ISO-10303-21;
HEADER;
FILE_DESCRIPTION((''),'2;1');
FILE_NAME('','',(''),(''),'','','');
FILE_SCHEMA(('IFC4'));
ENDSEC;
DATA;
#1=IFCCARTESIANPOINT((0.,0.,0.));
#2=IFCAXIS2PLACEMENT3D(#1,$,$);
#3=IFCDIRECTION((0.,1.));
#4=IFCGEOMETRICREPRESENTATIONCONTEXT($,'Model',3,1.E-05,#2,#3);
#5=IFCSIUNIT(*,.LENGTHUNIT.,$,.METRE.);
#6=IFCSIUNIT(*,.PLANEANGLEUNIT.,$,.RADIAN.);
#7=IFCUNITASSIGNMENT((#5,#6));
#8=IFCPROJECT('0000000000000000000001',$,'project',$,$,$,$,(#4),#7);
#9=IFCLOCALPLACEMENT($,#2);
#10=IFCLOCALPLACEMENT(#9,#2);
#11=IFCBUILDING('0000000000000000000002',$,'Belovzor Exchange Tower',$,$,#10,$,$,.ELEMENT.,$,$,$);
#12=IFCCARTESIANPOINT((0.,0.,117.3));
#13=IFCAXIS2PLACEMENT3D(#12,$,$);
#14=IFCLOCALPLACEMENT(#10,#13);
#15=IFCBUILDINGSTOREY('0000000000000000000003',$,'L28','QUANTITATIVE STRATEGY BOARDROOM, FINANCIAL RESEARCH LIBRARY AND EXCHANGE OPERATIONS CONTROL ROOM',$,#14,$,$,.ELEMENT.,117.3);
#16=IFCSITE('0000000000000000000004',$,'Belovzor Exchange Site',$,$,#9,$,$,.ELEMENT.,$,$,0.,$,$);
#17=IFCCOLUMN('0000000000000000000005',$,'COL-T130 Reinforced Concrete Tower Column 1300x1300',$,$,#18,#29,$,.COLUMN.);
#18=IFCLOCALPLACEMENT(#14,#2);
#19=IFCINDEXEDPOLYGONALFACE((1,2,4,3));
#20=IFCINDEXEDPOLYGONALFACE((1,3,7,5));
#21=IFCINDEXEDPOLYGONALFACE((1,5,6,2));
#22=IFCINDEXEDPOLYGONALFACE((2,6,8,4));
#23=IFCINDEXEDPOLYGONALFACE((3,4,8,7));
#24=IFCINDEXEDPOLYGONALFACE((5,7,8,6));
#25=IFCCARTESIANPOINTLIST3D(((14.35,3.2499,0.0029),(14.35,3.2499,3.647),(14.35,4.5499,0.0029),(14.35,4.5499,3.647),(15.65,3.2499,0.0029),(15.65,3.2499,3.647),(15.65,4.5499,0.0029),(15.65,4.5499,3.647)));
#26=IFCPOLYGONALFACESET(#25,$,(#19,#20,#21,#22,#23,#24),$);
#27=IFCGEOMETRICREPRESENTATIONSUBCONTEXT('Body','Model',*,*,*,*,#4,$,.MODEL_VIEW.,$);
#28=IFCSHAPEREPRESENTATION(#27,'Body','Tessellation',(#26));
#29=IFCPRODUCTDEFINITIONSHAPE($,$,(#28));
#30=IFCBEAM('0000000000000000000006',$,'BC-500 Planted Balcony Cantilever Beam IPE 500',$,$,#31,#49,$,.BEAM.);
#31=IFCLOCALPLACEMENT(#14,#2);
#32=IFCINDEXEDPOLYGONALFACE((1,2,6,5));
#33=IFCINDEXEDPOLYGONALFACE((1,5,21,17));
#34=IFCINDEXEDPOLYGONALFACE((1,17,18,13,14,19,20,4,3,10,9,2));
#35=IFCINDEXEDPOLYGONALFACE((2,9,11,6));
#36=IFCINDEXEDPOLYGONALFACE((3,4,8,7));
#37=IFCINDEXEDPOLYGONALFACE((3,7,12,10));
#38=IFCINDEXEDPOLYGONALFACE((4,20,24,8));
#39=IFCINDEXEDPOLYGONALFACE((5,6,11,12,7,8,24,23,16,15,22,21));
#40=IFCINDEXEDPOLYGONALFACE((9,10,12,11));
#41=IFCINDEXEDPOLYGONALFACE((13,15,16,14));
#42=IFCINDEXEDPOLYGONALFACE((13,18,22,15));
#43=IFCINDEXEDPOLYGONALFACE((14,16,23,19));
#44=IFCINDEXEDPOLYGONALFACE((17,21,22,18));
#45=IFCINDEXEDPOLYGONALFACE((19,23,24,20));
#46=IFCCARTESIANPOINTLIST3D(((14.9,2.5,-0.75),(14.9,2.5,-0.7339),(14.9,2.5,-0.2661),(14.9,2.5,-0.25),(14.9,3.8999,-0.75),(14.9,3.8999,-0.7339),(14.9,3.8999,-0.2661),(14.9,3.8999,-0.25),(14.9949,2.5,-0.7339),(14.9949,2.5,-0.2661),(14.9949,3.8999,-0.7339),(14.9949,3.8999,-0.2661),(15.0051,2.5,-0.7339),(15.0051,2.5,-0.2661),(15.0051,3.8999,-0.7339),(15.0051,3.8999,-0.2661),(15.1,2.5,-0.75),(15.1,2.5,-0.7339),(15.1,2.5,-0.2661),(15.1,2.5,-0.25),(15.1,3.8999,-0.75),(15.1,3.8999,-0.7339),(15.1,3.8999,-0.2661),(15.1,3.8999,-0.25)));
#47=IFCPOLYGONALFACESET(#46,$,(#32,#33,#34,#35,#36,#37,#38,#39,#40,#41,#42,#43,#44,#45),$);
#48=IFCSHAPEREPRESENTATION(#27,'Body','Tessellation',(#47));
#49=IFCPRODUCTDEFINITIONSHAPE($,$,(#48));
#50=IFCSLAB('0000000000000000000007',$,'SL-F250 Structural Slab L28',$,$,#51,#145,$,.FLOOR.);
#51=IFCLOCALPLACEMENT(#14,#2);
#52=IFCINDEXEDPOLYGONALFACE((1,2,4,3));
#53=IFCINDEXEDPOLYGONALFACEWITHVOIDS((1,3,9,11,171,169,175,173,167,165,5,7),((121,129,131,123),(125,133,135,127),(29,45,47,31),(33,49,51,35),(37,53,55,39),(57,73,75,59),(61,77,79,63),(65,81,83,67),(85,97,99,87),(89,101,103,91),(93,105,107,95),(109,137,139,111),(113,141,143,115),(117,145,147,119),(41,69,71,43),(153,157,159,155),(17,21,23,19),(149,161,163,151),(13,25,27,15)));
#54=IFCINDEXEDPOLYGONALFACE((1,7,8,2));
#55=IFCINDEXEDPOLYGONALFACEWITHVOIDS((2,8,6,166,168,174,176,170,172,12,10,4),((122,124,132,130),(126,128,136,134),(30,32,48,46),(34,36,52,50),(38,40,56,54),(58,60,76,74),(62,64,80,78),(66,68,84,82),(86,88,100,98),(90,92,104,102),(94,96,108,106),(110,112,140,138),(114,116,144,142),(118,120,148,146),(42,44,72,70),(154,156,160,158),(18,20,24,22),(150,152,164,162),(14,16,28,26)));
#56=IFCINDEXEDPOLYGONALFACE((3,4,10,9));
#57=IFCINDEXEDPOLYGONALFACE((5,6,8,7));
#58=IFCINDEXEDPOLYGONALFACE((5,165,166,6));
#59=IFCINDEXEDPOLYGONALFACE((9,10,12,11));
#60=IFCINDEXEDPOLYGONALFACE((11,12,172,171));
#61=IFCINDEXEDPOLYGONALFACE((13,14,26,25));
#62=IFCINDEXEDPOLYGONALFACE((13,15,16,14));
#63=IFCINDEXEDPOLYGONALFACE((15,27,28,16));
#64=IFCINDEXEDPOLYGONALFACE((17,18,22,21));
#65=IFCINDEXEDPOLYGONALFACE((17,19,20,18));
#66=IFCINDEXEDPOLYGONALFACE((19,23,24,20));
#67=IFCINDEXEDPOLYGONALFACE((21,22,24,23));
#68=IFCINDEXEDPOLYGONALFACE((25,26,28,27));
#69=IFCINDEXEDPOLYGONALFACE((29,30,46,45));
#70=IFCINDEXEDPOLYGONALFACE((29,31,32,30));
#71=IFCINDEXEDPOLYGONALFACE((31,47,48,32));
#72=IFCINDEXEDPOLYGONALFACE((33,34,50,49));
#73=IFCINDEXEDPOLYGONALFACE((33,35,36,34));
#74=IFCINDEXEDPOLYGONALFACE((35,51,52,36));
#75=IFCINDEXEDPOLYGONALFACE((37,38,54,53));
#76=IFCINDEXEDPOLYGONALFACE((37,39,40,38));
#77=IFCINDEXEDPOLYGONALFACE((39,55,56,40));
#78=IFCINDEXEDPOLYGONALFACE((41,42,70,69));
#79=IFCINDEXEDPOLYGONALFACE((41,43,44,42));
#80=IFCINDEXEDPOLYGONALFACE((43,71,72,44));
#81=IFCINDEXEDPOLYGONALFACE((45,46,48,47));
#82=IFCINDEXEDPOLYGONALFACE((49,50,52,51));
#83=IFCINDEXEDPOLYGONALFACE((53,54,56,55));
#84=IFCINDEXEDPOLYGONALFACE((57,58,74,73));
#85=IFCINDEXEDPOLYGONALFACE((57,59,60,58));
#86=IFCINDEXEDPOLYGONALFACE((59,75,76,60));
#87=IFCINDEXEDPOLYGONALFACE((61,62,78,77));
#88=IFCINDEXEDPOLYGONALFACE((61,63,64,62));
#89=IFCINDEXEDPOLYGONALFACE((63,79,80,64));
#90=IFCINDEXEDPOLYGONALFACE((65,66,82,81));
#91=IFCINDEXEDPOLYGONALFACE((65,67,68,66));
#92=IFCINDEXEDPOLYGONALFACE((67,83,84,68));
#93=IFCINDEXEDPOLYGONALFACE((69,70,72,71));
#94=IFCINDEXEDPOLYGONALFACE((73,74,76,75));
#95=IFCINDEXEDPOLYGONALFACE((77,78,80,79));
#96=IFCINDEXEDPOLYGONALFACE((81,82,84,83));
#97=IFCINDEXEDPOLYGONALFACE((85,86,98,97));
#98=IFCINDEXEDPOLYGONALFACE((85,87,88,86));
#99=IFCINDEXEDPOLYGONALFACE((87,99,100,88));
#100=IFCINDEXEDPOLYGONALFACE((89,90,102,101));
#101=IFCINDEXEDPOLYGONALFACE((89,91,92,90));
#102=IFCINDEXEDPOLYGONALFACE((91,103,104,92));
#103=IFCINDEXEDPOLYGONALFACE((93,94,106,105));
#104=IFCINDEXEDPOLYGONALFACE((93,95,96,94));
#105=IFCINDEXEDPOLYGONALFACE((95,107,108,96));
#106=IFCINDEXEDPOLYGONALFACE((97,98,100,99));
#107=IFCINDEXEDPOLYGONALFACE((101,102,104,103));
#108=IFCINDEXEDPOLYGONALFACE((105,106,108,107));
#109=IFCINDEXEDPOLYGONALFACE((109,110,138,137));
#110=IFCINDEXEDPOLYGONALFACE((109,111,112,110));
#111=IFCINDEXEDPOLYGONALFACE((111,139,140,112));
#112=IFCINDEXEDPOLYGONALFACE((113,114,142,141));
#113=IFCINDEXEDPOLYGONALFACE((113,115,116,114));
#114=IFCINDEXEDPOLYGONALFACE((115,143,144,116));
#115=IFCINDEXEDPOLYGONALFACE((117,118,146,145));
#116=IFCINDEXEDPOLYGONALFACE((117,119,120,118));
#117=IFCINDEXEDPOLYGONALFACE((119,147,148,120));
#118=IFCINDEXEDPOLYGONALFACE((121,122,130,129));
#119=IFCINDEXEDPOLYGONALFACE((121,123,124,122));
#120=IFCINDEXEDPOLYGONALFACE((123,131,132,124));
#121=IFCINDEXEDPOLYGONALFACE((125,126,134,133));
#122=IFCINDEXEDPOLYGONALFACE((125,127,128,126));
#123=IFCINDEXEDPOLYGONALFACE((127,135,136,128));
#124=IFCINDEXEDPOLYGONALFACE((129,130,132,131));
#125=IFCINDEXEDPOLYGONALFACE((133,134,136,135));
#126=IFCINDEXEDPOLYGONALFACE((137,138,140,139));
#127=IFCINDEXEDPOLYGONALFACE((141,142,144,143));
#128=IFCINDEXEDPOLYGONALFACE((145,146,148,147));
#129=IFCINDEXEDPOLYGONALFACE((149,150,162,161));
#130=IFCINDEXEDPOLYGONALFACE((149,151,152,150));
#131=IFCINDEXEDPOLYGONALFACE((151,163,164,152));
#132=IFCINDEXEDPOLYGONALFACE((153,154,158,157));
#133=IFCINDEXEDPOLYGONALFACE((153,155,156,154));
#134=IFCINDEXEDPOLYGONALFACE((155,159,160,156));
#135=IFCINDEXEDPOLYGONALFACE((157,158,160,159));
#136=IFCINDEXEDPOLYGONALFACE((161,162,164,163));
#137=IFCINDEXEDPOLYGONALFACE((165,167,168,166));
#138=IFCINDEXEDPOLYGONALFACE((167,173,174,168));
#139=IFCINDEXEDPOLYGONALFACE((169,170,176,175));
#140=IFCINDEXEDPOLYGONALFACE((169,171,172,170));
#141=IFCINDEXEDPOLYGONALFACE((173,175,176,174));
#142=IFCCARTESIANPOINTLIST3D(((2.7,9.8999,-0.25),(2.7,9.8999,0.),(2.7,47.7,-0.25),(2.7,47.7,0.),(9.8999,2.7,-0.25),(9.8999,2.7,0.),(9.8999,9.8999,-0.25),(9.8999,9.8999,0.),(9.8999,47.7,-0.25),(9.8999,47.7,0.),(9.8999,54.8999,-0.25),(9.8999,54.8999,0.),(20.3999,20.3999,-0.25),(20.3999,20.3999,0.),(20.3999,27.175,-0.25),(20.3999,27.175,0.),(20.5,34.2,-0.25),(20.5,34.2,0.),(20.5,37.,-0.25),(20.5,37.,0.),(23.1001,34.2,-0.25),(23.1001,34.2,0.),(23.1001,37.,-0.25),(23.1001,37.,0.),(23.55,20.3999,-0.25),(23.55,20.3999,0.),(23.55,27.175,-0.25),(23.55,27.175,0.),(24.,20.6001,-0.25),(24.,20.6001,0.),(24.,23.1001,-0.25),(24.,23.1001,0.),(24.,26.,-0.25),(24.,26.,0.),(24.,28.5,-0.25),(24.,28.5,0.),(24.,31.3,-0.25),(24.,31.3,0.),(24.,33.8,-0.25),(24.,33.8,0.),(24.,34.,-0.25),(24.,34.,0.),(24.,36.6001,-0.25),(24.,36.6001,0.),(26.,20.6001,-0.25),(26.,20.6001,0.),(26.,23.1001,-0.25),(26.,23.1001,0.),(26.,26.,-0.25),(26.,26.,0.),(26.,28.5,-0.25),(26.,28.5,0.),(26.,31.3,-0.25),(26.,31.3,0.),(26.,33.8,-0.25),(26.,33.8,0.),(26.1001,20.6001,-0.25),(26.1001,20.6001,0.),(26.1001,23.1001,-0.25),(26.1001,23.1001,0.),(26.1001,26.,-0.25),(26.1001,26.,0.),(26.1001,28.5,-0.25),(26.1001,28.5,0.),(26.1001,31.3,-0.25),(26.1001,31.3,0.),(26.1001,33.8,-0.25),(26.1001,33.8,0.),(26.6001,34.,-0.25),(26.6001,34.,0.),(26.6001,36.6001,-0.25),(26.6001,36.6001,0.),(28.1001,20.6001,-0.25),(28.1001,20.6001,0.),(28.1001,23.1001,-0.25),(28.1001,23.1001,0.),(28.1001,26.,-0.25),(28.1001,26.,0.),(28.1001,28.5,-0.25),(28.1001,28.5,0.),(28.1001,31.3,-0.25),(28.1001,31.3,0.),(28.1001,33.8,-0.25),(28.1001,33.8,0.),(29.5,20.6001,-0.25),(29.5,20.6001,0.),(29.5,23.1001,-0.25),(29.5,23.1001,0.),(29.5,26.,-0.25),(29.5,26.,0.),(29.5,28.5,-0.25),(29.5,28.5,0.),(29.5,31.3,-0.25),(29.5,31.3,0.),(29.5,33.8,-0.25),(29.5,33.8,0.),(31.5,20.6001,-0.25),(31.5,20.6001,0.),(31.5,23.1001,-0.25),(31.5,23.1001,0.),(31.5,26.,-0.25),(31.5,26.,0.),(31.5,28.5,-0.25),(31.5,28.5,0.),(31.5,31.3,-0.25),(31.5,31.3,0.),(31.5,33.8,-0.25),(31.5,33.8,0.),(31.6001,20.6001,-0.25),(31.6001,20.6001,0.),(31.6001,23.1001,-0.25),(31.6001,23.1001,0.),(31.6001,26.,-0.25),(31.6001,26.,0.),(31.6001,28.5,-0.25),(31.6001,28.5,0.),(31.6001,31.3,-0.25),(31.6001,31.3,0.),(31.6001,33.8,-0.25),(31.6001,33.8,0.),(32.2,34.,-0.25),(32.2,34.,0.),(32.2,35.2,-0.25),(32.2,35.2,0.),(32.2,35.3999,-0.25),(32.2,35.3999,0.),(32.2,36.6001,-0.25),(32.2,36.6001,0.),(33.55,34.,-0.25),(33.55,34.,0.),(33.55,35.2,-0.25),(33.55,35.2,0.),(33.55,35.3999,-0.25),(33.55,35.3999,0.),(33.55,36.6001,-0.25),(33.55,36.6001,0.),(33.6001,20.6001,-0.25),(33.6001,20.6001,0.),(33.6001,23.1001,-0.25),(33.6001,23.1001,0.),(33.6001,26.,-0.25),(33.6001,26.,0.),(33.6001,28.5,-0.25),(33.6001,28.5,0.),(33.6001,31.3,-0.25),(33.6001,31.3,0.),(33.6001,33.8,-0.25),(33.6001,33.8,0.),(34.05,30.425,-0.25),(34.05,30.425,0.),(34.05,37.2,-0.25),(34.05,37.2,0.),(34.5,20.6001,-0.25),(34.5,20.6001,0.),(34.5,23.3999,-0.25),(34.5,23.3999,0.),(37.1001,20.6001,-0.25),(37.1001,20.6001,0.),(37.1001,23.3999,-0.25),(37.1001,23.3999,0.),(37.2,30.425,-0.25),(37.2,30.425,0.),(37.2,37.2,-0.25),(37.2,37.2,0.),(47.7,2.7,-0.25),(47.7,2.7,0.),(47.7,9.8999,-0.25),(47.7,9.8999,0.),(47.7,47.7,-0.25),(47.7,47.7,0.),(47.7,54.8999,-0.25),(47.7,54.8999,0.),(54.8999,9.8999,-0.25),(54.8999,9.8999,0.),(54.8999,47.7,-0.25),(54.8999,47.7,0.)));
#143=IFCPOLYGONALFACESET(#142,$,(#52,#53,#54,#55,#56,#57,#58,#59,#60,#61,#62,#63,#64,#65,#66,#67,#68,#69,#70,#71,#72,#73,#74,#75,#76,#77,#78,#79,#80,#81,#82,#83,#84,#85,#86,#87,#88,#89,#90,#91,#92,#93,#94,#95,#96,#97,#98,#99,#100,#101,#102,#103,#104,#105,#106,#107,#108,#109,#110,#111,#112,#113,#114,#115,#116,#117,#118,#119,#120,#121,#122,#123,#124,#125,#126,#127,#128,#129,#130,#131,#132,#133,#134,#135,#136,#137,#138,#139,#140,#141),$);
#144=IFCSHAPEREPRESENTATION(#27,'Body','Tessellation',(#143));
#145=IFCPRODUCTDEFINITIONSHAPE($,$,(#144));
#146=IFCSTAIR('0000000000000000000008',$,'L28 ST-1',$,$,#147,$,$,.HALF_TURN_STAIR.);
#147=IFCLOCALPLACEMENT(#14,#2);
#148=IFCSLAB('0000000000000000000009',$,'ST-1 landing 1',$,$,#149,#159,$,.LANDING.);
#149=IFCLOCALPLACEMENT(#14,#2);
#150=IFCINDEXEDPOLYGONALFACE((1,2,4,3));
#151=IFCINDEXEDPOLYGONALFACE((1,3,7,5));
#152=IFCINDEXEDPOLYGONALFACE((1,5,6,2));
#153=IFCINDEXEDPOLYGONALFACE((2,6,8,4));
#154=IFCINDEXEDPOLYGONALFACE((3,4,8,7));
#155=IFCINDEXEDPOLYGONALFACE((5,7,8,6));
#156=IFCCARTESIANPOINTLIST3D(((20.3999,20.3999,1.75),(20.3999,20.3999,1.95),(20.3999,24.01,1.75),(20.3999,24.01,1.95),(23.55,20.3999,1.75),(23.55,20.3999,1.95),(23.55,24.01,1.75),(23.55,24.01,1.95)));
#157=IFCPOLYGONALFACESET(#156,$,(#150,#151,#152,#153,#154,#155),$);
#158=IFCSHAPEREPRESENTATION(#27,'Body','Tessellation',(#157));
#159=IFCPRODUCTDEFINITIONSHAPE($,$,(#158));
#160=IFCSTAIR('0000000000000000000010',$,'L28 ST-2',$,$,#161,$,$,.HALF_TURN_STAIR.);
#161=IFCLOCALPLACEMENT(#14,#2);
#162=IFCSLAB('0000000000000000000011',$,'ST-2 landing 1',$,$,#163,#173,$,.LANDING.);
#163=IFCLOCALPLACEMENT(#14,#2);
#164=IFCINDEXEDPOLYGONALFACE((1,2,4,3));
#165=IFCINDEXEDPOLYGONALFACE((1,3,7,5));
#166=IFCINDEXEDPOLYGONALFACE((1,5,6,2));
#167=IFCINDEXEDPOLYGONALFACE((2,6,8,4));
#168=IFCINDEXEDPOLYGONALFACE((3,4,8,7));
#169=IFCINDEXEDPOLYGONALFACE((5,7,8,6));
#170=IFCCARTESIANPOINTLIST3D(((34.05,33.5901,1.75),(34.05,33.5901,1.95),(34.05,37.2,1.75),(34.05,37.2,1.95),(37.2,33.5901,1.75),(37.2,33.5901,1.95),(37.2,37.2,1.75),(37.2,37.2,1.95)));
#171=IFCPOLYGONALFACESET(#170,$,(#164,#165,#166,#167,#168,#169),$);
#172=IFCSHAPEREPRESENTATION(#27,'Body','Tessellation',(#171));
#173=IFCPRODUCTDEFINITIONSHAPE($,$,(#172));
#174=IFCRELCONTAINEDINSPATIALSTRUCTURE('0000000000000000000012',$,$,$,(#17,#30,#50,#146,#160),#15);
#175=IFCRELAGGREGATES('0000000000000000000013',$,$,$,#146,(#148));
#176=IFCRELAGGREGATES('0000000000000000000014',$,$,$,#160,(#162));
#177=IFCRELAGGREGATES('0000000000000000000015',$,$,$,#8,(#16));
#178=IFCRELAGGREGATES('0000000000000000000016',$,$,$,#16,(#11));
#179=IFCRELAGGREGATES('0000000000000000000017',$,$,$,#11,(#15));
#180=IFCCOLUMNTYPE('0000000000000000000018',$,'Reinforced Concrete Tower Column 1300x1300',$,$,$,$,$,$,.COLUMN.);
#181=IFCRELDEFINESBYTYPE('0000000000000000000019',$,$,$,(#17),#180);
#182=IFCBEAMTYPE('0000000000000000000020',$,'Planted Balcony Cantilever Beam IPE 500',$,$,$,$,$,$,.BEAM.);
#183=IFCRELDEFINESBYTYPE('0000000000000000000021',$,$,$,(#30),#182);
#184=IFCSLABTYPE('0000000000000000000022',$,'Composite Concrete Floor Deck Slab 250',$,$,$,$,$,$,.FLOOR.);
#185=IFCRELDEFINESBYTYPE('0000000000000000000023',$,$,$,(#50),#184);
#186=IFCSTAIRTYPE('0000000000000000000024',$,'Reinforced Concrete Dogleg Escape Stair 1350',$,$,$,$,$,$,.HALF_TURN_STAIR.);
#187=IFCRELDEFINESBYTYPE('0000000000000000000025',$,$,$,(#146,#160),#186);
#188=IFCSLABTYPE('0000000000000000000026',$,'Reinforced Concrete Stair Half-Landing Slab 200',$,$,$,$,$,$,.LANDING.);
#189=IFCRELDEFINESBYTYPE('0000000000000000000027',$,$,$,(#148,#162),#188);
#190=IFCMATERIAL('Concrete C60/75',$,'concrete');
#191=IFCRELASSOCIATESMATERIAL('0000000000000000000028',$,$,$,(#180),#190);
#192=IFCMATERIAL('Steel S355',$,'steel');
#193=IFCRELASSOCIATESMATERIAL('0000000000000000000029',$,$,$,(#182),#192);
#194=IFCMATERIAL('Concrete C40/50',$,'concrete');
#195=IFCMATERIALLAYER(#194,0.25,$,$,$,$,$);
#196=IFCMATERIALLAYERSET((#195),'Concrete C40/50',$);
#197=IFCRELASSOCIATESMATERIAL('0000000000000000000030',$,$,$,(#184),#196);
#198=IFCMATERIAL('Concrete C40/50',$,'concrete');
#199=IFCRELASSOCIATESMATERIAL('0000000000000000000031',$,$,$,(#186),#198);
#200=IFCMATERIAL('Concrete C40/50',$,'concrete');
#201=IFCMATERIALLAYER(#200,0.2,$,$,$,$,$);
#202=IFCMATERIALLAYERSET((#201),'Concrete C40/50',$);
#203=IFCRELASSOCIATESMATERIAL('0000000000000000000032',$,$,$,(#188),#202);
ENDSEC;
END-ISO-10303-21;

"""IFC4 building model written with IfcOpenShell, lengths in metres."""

from ifc_helpers import new_model, si_unit, direction, frame, origin, origin_2d, place, context, subcontext, project, spatial, polyline, rectangle, i_section, outline, extrude, material, layer, layer_set, material_profile, profile_set, type_object, element, aggregate, save


model = new_model("IFC4")

# Units and contexts
model_context = context("Model", 3, precision=1e-05, world=origin(), true_north=direction((0.0, 1.0)))
body_context = subcontext(model_context, "Body", "Model", "MODEL_VIEW")
ifc_project = project(units=[si_unit("LENGTHUNIT", "METRE"), si_unit("PLANEANGLEUNIT", "RADIAN")], contexts=[model_context])

# Site, building, storey
site_placement = place(None, origin())
site = spatial("IfcSite", under=ifc_project, at=site_placement, Name="Belovzor Exchange Site", CompositionType="ELEMENT", RefElevation=0.0)
building_placement = place(site_placement, origin())
building = spatial("IfcBuilding", under=site, at=building_placement, Name="Belovzor Exchange Tower", CompositionType="ELEMENT")
storey_placement = place(building_placement, frame((0.0, 0.0, 117.3)))
storey = spatial("IfcBuildingStorey", under=building, at=storey_placement, Name="L28", Description="QUANTITATIVE STRATEGY BOARDROOM, FINANCIAL RESEARCH LIBRARY AND EXCHANGE OPERATIONS CONTROL ROOM", CompositionType="ELEMENT", Elevation=117.3)

# Column
ifc_material_1 = material(Name="Concrete C60/75", Category="concrete")
ifc_material_profile_1 = material_profile(ifc_material_1, rectangle(XDim=1.3, YDim=1.3, at=origin_2d()))
ifc_profile_set_1 = profile_set([ifc_material_profile_1], Name="Concrete C60/75")
column_type = type_object("IfcColumnType", Name="Reinforced Concrete Tower Column 1300x1300", PredefinedType="COLUMN", material=ifc_profile_set_1)
column_placement = place(storey_placement, frame((15.0, 3.8999, 0.0029), z_axis=(0.0, 0.0, 1.0), x_axis=(1.0, 0.0, 0.0)))
element("IfcColumn", 1, at=column_placement, inside=storey, type_object=column_type, Name="COL-T130 Reinforced Concrete Tower Column 1300x1300", PredefinedType="COLUMN", context=body_context, shape_type="SweptSolid", body=[
    extrude(rectangle(XDim=1.3, YDim=1.3, at=origin_2d()), origin(), (0.0, 0.0, 1.0), 3.644),
])

# Beam
ifc_material_2 = material(Name="Steel S355", Category="steel")
ifc_material_profile_2 = material_profile(ifc_material_2, i_section(OverallWidth=0.2, OverallDepth=0.5, WebThickness=0.0103, FlangeThickness=0.0161, at=origin_2d()))
ifc_profile_set_2 = profile_set([ifc_material_profile_2], Name="Steel S355")
beam_type = type_object("IfcBeamType", Name="Planted Balcony Cantilever Beam IPE 500", PredefinedType="BEAM", material=ifc_profile_set_2)
beam_placement = place(storey_placement, frame((15.0, 3.8999, -0.5), z_axis=(0.0, -1.0, 0.0), x_axis=(1.0, 0.0, 0.0)))
element("IfcBeam", 2, at=beam_placement, inside=storey, type_object=beam_type, Name="BC-500 Planted Balcony Cantilever Beam IPE 500", PredefinedType="BEAM", context=body_context, shape_type="SweptSolid", body=[
    extrude(i_section(OverallWidth=0.2, OverallDepth=0.5, WebThickness=0.0103, FlangeThickness=0.0161, at=origin_2d()), origin(), (0.0, 0.0, 1.0), 1.3999),
])

# Slab
ifc_material_3 = material(Name="Concrete C40/50", Category="concrete")
ifc_layer_1 = layer(ifc_material_3, 0.25)
ifc_layer_set_1 = layer_set([ifc_layer_1], Name="Concrete C40/50")
slab_type_1 = type_object("IfcSlabType", Name="Composite Concrete Floor Deck Slab 250", PredefinedType="FLOOR", material=ifc_layer_set_1)
slab_1_placement = place(storey_placement, frame((0.0, 0.0, -0.25)))
element("IfcSlab", 3, at=slab_1_placement, inside=storey, type_object=slab_type_1, Name="SL-F250 Structural Slab L28", PredefinedType="FLOOR", context=body_context, shape_type="SweptSolid", body=[
    extrude(outline(polyline([(9.8999, 2.7), (47.7, 2.7), (47.7, 9.8999), (54.8999, 9.8999), (54.8999, 47.7), (47.7, 47.7), (47.7, 54.8999), (9.8999, 54.8999), (9.8999, 47.7), (2.7, 47.7), (2.7, 9.8999), (9.8999, 9.8999), (9.8999, 2.7)]), holes=[polyline([(20.3999, 27.175), (20.3999, 20.3999), (23.55, 20.3999), (23.55, 27.175), (20.3999, 27.175)]), polyline([(37.2, 30.425), (37.2, 37.2), (34.05, 37.2), (34.05, 30.425), (37.2, 30.425)]), polyline([(20.5, 34.2), (23.1001, 34.2), (23.1001, 37.0), (20.5, 37.0), (20.5, 34.2)]), polyline([(34.5, 20.6001), (37.1001, 20.6001), (37.1001, 23.3999), (34.5, 23.3999), (34.5, 20.6001)]), polyline([(24.0, 34.0), (26.6001, 34.0), (26.6001, 36.6001), (24.0, 36.6001), (24.0, 34.0)]), polyline([(24.0, 20.6001), (26.0, 20.6001), (26.0, 23.1001), (24.0, 23.1001), (24.0, 20.6001)]), polyline([(26.1001, 20.6001), (28.1001, 20.6001), (28.1001, 23.1001), (26.1001, 23.1001), (26.1001, 20.6001)]), polyline([(29.5, 20.6001), (31.5, 20.6001), (31.5, 23.1001), (29.5, 23.1001), (29.5, 20.6001)]), polyline([(31.6001, 20.6001), (33.6001, 20.6001), (33.6001, 23.1001), (31.6001, 23.1001), (31.6001, 20.6001)]), polyline([(24.0, 26.0), (26.0, 26.0), (26.0, 28.5), (24.0, 28.5), (24.0, 26.0)]), polyline([(26.1001, 26.0), (28.1001, 26.0), (28.1001, 28.5), (26.1001, 28.5), (26.1001, 26.0)]), polyline([(29.5, 26.0), (31.5, 26.0), (31.5, 28.5), (29.5, 28.5), (29.5, 26.0)]), polyline([(31.6001, 26.0), (33.6001, 26.0), (33.6001, 28.5), (31.6001, 28.5), (31.6001, 26.0)]), polyline([(24.0, 31.3), (26.0, 31.3), (26.0, 33.8), (24.0, 33.8), (24.0, 31.3)]), polyline([(26.1001, 31.3), (28.1001, 31.3), (28.1001, 33.8), (26.1001, 33.8), (26.1001, 31.3)]), polyline([(29.5, 31.3), (31.5, 31.3), (31.5, 33.8), (29.5, 33.8), (29.5, 31.3)]), polyline([(31.6001, 31.3), (33.6001, 31.3), (33.6001, 33.8), (31.6001, 33.8), (31.6001, 31.3)]), polyline([(32.2, 34.0), (33.55, 34.0), (33.55, 35.2), (32.2, 35.2), (32.2, 34.0)]), polyline([(32.2, 35.3999), (33.55, 35.3999), (33.55, 36.6001), (32.2, 36.6001), (32.2, 35.3999)])]), origin(), (0.0, 0.0, 1.0), 0.25),
])

# Stairs, slabs
ifc_material_4 = material(Name="Concrete C40/50", Category="concrete")
stair_type = type_object("IfcStairType", Name="Reinforced Concrete Dogleg Escape Stair 1350", PredefinedType="HALF_TURN_STAIR", material=ifc_material_4)
stair_1_placement = place(storey_placement, origin())
stair_1 = element("IfcStair", 4, at=stair_1_placement, inside=storey, type_object=stair_type, Name="L28 ST-1", PredefinedType="HALF_TURN_STAIR")
ifc_material_5 = material(Name="Concrete C40/50", Category="concrete")
ifc_layer_2 = layer(ifc_material_5, 0.2)
ifc_layer_set_2 = layer_set([ifc_layer_2], Name="Concrete C40/50")
slab_type_2 = type_object("IfcSlabType", Name="Reinforced Concrete Stair Half-Landing Slab 200", PredefinedType="LANDING", material=ifc_layer_set_2)
slab_2_placement = place(storey_placement, frame((0.0, 0.0, 1.75)))
slab_2 = element("IfcSlab", 5, at=slab_2_placement, type_object=slab_type_2, Name="ST-1 landing 1", PredefinedType="LANDING", context=body_context, shape_type="SweptSolid", body=[
    extrude(outline(polyline([(20.3999, 24.01), (20.3999, 20.3999), (23.55, 20.3999), (23.55, 24.01), (20.3999, 24.01)])), origin(), (0.0, 0.0, 1.0), 0.2),
])
aggregate(stair_1, [slab_2])
stair_2_placement = place(storey_placement, origin())
stair_2 = element("IfcStair", 6, at=stair_2_placement, inside=storey, type_object=stair_type, Name="L28 ST-2", PredefinedType="HALF_TURN_STAIR")
slab_3_placement = place(storey_placement, frame((0.0, 0.0, 1.75)))
slab_3 = element("IfcSlab", 7, at=slab_3_placement, type_object=slab_type_2, Name="ST-2 landing 1", PredefinedType="LANDING", context=body_context, shape_type="SweptSolid", body=[
    extrude(outline(polyline([(37.2, 33.5901), (37.2, 37.2), (34.05, 37.2), (34.05, 33.5901), (37.2, 33.5901)])), origin(), (0.0, 0.0, 1.0), 0.2),
])
aggregate(stair_2, [slab_3])

save(model, "model.ifc")
